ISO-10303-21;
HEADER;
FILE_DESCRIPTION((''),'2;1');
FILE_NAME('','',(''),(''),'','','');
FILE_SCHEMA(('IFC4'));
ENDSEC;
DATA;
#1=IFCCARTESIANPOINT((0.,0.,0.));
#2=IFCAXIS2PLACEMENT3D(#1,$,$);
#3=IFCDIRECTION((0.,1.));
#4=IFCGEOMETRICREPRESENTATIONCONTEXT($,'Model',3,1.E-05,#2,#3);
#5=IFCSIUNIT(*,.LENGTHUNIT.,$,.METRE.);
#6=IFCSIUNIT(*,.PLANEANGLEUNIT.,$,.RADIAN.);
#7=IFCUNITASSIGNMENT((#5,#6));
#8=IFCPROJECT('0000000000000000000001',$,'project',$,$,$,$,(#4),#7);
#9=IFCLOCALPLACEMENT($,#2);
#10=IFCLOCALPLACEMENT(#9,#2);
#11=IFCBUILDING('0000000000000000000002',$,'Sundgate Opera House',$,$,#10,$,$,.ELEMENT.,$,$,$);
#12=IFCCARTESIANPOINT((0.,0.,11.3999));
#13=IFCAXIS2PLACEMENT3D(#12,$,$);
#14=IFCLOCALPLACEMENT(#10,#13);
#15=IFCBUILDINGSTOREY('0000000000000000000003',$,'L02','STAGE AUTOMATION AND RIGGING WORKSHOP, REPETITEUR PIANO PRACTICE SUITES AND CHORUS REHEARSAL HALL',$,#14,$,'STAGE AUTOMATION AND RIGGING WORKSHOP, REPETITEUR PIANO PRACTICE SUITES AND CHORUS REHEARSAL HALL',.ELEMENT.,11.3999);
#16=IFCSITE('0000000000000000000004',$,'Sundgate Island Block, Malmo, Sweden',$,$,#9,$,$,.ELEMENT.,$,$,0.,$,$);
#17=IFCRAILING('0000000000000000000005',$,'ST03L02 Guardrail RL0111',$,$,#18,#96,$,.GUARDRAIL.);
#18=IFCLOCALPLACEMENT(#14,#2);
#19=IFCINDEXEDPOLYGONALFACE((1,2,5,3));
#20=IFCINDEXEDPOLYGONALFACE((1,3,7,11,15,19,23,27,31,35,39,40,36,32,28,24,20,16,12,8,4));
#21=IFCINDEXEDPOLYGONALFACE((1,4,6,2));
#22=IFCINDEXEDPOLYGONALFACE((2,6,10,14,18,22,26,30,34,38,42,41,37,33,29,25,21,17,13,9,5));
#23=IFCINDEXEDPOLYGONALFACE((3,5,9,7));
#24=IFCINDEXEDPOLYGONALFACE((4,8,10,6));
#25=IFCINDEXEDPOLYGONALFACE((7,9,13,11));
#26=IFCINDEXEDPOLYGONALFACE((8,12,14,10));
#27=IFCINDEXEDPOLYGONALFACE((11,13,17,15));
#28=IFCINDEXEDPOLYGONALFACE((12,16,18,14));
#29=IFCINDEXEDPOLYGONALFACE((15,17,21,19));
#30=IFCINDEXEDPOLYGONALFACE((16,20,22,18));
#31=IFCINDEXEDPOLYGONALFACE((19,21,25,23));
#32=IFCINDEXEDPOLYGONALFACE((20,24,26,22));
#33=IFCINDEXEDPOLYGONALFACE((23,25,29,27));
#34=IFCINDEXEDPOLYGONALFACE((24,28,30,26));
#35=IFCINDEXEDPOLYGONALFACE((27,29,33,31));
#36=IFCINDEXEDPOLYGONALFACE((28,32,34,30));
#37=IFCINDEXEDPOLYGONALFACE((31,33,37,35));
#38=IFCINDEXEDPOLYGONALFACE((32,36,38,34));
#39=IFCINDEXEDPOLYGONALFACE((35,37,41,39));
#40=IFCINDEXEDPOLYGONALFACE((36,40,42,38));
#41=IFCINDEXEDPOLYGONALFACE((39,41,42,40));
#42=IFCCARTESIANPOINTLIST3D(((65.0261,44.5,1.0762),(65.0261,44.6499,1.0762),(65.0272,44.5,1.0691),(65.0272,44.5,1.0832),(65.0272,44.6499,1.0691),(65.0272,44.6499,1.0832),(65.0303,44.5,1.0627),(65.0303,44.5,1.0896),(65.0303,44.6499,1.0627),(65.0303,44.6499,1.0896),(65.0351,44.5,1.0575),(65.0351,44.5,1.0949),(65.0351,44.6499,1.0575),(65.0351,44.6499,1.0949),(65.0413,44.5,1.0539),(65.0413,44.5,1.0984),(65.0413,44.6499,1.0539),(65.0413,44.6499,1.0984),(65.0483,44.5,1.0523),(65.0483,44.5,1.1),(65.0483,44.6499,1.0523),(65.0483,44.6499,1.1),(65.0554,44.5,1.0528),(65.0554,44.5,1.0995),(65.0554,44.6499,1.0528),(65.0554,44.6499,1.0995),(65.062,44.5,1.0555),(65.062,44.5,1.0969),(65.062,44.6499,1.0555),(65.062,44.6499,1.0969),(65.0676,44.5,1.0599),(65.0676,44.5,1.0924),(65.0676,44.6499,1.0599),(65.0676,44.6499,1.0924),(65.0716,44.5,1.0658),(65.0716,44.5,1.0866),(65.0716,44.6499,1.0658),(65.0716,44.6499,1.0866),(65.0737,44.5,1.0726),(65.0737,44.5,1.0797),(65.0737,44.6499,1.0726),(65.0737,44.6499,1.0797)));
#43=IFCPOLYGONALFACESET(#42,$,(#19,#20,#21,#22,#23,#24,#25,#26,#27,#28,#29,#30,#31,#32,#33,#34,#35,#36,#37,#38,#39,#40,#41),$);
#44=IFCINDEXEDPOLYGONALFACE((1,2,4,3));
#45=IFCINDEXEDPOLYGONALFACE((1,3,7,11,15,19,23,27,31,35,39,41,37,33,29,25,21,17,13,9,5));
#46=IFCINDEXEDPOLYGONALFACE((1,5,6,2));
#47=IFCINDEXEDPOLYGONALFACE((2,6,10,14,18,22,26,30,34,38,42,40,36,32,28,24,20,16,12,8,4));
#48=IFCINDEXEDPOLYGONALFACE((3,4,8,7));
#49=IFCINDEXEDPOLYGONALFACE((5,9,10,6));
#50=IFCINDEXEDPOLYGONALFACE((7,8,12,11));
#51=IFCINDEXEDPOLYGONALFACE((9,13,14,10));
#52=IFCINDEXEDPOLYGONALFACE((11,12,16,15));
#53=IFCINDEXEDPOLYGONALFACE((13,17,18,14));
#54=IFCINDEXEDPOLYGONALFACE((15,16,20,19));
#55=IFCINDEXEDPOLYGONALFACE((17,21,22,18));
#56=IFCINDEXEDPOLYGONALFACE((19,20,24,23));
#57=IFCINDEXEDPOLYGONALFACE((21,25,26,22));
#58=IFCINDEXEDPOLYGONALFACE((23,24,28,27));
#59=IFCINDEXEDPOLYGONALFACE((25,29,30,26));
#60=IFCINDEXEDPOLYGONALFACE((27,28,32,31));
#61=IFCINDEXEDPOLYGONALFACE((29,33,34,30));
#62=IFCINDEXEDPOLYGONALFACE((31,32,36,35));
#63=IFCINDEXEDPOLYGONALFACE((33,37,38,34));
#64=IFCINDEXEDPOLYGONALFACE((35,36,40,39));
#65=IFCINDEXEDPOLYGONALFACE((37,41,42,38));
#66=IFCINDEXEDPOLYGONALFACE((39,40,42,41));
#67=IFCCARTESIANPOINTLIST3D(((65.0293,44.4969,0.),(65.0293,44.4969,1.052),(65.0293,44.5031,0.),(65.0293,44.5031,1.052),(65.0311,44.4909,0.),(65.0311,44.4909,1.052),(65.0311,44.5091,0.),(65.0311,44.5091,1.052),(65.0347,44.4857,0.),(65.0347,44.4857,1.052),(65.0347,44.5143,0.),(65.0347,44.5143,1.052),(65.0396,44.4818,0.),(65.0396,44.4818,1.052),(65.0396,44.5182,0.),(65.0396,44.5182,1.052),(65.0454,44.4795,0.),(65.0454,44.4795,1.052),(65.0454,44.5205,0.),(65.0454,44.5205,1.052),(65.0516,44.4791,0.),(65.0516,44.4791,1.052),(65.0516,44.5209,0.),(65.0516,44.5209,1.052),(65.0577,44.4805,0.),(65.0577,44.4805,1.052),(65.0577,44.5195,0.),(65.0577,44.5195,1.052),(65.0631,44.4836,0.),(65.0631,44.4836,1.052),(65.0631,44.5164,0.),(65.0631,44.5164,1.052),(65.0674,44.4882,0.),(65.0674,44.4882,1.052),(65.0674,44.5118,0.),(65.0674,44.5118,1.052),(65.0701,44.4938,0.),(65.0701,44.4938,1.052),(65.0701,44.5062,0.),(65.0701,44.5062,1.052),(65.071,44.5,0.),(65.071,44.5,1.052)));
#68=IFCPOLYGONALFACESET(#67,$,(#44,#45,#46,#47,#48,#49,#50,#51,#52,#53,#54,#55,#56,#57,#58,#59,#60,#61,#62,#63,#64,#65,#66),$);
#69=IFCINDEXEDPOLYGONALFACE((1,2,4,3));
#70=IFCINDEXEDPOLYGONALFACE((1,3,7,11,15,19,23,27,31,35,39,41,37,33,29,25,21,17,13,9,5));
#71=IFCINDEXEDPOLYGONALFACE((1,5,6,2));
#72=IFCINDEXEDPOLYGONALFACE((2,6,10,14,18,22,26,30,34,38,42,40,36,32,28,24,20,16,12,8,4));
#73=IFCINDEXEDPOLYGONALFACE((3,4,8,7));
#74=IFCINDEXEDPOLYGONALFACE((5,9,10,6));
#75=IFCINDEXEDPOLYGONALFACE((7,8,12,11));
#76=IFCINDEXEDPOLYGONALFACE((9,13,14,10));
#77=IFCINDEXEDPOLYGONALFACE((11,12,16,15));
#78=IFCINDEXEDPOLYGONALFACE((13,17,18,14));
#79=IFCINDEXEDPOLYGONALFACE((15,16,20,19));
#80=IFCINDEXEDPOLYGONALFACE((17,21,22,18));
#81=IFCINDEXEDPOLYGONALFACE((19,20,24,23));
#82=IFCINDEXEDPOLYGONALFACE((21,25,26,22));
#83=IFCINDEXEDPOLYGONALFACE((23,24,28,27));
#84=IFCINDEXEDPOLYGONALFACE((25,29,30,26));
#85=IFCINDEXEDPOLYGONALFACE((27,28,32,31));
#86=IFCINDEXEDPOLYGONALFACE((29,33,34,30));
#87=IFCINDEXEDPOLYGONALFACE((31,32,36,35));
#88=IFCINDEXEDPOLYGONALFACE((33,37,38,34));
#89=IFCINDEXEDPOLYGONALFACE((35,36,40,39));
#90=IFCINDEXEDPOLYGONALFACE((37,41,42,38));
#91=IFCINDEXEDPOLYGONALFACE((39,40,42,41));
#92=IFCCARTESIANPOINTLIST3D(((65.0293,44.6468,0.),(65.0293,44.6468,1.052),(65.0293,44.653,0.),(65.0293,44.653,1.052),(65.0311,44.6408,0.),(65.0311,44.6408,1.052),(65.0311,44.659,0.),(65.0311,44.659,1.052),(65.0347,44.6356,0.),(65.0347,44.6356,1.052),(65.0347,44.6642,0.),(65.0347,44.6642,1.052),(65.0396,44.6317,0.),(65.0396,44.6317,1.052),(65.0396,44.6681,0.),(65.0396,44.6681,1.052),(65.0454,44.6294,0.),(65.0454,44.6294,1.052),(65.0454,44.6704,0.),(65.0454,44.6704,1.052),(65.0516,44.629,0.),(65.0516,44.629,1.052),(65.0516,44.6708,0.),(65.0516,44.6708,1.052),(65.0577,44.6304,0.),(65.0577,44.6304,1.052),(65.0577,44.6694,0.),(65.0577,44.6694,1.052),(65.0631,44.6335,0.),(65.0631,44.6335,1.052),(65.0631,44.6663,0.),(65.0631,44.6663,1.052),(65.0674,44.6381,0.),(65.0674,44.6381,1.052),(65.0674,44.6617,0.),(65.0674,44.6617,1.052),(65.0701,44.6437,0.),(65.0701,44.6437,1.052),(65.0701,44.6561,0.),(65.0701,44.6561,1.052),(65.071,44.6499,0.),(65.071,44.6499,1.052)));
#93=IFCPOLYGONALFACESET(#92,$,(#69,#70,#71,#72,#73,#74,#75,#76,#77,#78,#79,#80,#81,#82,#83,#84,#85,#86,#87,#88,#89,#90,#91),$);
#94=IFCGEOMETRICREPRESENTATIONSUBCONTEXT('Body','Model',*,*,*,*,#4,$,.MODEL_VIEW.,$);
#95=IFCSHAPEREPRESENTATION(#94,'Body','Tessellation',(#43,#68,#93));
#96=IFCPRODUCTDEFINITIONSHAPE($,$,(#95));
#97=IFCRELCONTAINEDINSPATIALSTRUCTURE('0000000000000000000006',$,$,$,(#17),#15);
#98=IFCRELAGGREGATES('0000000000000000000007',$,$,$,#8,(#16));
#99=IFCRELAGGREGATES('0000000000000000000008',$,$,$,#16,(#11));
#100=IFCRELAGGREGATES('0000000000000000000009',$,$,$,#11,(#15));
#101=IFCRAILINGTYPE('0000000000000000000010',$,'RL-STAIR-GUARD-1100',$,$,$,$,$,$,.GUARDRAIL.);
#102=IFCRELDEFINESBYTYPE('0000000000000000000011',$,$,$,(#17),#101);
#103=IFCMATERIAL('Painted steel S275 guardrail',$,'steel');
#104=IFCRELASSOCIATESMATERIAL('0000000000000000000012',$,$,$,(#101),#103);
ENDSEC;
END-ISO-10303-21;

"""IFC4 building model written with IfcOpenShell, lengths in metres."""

from ifc_helpers import new_model, si_unit, direction, frame, origin, origin_2d, place, context, subcontext, project, spatial, circle, extrude, material, type_object, element, save


model = new_model("IFC4")

# Units and contexts
model_context = context("Model", 3, precision=1e-05, world=origin(), true_north=direction((0.0, 1.0)))
body_context = subcontext(model_context, "Body", "Model", "MODEL_VIEW")
ifc_project = project(units=[si_unit("LENGTHUNIT", "METRE"), si_unit("PLANEANGLEUNIT", "RADIAN")], contexts=[model_context])

# Site, building, storey
site_placement = place(None, origin())
site = spatial("IfcSite", under=ifc_project, at=site_placement, Name="Sundgate Island Block, Malmo, Sweden", CompositionType="ELEMENT", RefElevation=0.0)
building_placement = place(site_placement, origin())
building = spatial("IfcBuilding", under=site, at=building_placement, Name="Sundgate Opera House", CompositionType="ELEMENT")
storey_placement = place(building_placement, frame((0.0, 0.0, 11.3999)))
storey = spatial("IfcBuildingStorey", under=building, at=storey_placement, Name="L02", Description="STAGE AUTOMATION AND RIGGING WORKSHOP, REPETITEUR PIANO PRACTICE SUITES AND CHORUS REHEARSAL HALL", LongName="STAGE AUTOMATION AND RIGGING WORKSHOP, REPETITEUR PIANO PRACTICE SUITES AND CHORUS REHEARSAL HALL", CompositionType="ELEMENT", Elevation=11.3999)

# Railing
ifc_material_1 = material(Name="Painted steel S275 guardrail", Category="steel")
railing_type_1 = type_object("IfcRailingType", Name="RL-STAIR-GUARD-1100", PredefinedType="GUARDRAIL", material=ifc_material_1)
railing_1_placement = place(storey_placement, frame((65.05, 44.5, 0.0)))
element("IfcRailing", 1, at=railing_1_placement, inside=storey, type_object=railing_type_1, Name="ST03L02 Guardrail RL0111", PredefinedType="GUARDRAIL", context=body_context, shape_type="SweptSolid", body=[
    extrude(circle(Radius=0.0239, at=origin_2d()), frame((0.0, 0.0, 1.0762), z_axis=(0.0, 1.0, 0.0), x_axis=(-1.0, 0.0, 0.0)), (0.0, 0.0, 1.0), 0.1499),
    extrude(circle(Radius=0.021, at=origin_2d()), origin(), (0.0, 0.0, 1.0), 1.052),
    extrude(circle(Radius=0.021, at=origin_2d()), frame((0.0, 0.1499, 0.0)), (0.0, 0.0, 1.0), 1.052),
])

save(model, "model.ifc")
